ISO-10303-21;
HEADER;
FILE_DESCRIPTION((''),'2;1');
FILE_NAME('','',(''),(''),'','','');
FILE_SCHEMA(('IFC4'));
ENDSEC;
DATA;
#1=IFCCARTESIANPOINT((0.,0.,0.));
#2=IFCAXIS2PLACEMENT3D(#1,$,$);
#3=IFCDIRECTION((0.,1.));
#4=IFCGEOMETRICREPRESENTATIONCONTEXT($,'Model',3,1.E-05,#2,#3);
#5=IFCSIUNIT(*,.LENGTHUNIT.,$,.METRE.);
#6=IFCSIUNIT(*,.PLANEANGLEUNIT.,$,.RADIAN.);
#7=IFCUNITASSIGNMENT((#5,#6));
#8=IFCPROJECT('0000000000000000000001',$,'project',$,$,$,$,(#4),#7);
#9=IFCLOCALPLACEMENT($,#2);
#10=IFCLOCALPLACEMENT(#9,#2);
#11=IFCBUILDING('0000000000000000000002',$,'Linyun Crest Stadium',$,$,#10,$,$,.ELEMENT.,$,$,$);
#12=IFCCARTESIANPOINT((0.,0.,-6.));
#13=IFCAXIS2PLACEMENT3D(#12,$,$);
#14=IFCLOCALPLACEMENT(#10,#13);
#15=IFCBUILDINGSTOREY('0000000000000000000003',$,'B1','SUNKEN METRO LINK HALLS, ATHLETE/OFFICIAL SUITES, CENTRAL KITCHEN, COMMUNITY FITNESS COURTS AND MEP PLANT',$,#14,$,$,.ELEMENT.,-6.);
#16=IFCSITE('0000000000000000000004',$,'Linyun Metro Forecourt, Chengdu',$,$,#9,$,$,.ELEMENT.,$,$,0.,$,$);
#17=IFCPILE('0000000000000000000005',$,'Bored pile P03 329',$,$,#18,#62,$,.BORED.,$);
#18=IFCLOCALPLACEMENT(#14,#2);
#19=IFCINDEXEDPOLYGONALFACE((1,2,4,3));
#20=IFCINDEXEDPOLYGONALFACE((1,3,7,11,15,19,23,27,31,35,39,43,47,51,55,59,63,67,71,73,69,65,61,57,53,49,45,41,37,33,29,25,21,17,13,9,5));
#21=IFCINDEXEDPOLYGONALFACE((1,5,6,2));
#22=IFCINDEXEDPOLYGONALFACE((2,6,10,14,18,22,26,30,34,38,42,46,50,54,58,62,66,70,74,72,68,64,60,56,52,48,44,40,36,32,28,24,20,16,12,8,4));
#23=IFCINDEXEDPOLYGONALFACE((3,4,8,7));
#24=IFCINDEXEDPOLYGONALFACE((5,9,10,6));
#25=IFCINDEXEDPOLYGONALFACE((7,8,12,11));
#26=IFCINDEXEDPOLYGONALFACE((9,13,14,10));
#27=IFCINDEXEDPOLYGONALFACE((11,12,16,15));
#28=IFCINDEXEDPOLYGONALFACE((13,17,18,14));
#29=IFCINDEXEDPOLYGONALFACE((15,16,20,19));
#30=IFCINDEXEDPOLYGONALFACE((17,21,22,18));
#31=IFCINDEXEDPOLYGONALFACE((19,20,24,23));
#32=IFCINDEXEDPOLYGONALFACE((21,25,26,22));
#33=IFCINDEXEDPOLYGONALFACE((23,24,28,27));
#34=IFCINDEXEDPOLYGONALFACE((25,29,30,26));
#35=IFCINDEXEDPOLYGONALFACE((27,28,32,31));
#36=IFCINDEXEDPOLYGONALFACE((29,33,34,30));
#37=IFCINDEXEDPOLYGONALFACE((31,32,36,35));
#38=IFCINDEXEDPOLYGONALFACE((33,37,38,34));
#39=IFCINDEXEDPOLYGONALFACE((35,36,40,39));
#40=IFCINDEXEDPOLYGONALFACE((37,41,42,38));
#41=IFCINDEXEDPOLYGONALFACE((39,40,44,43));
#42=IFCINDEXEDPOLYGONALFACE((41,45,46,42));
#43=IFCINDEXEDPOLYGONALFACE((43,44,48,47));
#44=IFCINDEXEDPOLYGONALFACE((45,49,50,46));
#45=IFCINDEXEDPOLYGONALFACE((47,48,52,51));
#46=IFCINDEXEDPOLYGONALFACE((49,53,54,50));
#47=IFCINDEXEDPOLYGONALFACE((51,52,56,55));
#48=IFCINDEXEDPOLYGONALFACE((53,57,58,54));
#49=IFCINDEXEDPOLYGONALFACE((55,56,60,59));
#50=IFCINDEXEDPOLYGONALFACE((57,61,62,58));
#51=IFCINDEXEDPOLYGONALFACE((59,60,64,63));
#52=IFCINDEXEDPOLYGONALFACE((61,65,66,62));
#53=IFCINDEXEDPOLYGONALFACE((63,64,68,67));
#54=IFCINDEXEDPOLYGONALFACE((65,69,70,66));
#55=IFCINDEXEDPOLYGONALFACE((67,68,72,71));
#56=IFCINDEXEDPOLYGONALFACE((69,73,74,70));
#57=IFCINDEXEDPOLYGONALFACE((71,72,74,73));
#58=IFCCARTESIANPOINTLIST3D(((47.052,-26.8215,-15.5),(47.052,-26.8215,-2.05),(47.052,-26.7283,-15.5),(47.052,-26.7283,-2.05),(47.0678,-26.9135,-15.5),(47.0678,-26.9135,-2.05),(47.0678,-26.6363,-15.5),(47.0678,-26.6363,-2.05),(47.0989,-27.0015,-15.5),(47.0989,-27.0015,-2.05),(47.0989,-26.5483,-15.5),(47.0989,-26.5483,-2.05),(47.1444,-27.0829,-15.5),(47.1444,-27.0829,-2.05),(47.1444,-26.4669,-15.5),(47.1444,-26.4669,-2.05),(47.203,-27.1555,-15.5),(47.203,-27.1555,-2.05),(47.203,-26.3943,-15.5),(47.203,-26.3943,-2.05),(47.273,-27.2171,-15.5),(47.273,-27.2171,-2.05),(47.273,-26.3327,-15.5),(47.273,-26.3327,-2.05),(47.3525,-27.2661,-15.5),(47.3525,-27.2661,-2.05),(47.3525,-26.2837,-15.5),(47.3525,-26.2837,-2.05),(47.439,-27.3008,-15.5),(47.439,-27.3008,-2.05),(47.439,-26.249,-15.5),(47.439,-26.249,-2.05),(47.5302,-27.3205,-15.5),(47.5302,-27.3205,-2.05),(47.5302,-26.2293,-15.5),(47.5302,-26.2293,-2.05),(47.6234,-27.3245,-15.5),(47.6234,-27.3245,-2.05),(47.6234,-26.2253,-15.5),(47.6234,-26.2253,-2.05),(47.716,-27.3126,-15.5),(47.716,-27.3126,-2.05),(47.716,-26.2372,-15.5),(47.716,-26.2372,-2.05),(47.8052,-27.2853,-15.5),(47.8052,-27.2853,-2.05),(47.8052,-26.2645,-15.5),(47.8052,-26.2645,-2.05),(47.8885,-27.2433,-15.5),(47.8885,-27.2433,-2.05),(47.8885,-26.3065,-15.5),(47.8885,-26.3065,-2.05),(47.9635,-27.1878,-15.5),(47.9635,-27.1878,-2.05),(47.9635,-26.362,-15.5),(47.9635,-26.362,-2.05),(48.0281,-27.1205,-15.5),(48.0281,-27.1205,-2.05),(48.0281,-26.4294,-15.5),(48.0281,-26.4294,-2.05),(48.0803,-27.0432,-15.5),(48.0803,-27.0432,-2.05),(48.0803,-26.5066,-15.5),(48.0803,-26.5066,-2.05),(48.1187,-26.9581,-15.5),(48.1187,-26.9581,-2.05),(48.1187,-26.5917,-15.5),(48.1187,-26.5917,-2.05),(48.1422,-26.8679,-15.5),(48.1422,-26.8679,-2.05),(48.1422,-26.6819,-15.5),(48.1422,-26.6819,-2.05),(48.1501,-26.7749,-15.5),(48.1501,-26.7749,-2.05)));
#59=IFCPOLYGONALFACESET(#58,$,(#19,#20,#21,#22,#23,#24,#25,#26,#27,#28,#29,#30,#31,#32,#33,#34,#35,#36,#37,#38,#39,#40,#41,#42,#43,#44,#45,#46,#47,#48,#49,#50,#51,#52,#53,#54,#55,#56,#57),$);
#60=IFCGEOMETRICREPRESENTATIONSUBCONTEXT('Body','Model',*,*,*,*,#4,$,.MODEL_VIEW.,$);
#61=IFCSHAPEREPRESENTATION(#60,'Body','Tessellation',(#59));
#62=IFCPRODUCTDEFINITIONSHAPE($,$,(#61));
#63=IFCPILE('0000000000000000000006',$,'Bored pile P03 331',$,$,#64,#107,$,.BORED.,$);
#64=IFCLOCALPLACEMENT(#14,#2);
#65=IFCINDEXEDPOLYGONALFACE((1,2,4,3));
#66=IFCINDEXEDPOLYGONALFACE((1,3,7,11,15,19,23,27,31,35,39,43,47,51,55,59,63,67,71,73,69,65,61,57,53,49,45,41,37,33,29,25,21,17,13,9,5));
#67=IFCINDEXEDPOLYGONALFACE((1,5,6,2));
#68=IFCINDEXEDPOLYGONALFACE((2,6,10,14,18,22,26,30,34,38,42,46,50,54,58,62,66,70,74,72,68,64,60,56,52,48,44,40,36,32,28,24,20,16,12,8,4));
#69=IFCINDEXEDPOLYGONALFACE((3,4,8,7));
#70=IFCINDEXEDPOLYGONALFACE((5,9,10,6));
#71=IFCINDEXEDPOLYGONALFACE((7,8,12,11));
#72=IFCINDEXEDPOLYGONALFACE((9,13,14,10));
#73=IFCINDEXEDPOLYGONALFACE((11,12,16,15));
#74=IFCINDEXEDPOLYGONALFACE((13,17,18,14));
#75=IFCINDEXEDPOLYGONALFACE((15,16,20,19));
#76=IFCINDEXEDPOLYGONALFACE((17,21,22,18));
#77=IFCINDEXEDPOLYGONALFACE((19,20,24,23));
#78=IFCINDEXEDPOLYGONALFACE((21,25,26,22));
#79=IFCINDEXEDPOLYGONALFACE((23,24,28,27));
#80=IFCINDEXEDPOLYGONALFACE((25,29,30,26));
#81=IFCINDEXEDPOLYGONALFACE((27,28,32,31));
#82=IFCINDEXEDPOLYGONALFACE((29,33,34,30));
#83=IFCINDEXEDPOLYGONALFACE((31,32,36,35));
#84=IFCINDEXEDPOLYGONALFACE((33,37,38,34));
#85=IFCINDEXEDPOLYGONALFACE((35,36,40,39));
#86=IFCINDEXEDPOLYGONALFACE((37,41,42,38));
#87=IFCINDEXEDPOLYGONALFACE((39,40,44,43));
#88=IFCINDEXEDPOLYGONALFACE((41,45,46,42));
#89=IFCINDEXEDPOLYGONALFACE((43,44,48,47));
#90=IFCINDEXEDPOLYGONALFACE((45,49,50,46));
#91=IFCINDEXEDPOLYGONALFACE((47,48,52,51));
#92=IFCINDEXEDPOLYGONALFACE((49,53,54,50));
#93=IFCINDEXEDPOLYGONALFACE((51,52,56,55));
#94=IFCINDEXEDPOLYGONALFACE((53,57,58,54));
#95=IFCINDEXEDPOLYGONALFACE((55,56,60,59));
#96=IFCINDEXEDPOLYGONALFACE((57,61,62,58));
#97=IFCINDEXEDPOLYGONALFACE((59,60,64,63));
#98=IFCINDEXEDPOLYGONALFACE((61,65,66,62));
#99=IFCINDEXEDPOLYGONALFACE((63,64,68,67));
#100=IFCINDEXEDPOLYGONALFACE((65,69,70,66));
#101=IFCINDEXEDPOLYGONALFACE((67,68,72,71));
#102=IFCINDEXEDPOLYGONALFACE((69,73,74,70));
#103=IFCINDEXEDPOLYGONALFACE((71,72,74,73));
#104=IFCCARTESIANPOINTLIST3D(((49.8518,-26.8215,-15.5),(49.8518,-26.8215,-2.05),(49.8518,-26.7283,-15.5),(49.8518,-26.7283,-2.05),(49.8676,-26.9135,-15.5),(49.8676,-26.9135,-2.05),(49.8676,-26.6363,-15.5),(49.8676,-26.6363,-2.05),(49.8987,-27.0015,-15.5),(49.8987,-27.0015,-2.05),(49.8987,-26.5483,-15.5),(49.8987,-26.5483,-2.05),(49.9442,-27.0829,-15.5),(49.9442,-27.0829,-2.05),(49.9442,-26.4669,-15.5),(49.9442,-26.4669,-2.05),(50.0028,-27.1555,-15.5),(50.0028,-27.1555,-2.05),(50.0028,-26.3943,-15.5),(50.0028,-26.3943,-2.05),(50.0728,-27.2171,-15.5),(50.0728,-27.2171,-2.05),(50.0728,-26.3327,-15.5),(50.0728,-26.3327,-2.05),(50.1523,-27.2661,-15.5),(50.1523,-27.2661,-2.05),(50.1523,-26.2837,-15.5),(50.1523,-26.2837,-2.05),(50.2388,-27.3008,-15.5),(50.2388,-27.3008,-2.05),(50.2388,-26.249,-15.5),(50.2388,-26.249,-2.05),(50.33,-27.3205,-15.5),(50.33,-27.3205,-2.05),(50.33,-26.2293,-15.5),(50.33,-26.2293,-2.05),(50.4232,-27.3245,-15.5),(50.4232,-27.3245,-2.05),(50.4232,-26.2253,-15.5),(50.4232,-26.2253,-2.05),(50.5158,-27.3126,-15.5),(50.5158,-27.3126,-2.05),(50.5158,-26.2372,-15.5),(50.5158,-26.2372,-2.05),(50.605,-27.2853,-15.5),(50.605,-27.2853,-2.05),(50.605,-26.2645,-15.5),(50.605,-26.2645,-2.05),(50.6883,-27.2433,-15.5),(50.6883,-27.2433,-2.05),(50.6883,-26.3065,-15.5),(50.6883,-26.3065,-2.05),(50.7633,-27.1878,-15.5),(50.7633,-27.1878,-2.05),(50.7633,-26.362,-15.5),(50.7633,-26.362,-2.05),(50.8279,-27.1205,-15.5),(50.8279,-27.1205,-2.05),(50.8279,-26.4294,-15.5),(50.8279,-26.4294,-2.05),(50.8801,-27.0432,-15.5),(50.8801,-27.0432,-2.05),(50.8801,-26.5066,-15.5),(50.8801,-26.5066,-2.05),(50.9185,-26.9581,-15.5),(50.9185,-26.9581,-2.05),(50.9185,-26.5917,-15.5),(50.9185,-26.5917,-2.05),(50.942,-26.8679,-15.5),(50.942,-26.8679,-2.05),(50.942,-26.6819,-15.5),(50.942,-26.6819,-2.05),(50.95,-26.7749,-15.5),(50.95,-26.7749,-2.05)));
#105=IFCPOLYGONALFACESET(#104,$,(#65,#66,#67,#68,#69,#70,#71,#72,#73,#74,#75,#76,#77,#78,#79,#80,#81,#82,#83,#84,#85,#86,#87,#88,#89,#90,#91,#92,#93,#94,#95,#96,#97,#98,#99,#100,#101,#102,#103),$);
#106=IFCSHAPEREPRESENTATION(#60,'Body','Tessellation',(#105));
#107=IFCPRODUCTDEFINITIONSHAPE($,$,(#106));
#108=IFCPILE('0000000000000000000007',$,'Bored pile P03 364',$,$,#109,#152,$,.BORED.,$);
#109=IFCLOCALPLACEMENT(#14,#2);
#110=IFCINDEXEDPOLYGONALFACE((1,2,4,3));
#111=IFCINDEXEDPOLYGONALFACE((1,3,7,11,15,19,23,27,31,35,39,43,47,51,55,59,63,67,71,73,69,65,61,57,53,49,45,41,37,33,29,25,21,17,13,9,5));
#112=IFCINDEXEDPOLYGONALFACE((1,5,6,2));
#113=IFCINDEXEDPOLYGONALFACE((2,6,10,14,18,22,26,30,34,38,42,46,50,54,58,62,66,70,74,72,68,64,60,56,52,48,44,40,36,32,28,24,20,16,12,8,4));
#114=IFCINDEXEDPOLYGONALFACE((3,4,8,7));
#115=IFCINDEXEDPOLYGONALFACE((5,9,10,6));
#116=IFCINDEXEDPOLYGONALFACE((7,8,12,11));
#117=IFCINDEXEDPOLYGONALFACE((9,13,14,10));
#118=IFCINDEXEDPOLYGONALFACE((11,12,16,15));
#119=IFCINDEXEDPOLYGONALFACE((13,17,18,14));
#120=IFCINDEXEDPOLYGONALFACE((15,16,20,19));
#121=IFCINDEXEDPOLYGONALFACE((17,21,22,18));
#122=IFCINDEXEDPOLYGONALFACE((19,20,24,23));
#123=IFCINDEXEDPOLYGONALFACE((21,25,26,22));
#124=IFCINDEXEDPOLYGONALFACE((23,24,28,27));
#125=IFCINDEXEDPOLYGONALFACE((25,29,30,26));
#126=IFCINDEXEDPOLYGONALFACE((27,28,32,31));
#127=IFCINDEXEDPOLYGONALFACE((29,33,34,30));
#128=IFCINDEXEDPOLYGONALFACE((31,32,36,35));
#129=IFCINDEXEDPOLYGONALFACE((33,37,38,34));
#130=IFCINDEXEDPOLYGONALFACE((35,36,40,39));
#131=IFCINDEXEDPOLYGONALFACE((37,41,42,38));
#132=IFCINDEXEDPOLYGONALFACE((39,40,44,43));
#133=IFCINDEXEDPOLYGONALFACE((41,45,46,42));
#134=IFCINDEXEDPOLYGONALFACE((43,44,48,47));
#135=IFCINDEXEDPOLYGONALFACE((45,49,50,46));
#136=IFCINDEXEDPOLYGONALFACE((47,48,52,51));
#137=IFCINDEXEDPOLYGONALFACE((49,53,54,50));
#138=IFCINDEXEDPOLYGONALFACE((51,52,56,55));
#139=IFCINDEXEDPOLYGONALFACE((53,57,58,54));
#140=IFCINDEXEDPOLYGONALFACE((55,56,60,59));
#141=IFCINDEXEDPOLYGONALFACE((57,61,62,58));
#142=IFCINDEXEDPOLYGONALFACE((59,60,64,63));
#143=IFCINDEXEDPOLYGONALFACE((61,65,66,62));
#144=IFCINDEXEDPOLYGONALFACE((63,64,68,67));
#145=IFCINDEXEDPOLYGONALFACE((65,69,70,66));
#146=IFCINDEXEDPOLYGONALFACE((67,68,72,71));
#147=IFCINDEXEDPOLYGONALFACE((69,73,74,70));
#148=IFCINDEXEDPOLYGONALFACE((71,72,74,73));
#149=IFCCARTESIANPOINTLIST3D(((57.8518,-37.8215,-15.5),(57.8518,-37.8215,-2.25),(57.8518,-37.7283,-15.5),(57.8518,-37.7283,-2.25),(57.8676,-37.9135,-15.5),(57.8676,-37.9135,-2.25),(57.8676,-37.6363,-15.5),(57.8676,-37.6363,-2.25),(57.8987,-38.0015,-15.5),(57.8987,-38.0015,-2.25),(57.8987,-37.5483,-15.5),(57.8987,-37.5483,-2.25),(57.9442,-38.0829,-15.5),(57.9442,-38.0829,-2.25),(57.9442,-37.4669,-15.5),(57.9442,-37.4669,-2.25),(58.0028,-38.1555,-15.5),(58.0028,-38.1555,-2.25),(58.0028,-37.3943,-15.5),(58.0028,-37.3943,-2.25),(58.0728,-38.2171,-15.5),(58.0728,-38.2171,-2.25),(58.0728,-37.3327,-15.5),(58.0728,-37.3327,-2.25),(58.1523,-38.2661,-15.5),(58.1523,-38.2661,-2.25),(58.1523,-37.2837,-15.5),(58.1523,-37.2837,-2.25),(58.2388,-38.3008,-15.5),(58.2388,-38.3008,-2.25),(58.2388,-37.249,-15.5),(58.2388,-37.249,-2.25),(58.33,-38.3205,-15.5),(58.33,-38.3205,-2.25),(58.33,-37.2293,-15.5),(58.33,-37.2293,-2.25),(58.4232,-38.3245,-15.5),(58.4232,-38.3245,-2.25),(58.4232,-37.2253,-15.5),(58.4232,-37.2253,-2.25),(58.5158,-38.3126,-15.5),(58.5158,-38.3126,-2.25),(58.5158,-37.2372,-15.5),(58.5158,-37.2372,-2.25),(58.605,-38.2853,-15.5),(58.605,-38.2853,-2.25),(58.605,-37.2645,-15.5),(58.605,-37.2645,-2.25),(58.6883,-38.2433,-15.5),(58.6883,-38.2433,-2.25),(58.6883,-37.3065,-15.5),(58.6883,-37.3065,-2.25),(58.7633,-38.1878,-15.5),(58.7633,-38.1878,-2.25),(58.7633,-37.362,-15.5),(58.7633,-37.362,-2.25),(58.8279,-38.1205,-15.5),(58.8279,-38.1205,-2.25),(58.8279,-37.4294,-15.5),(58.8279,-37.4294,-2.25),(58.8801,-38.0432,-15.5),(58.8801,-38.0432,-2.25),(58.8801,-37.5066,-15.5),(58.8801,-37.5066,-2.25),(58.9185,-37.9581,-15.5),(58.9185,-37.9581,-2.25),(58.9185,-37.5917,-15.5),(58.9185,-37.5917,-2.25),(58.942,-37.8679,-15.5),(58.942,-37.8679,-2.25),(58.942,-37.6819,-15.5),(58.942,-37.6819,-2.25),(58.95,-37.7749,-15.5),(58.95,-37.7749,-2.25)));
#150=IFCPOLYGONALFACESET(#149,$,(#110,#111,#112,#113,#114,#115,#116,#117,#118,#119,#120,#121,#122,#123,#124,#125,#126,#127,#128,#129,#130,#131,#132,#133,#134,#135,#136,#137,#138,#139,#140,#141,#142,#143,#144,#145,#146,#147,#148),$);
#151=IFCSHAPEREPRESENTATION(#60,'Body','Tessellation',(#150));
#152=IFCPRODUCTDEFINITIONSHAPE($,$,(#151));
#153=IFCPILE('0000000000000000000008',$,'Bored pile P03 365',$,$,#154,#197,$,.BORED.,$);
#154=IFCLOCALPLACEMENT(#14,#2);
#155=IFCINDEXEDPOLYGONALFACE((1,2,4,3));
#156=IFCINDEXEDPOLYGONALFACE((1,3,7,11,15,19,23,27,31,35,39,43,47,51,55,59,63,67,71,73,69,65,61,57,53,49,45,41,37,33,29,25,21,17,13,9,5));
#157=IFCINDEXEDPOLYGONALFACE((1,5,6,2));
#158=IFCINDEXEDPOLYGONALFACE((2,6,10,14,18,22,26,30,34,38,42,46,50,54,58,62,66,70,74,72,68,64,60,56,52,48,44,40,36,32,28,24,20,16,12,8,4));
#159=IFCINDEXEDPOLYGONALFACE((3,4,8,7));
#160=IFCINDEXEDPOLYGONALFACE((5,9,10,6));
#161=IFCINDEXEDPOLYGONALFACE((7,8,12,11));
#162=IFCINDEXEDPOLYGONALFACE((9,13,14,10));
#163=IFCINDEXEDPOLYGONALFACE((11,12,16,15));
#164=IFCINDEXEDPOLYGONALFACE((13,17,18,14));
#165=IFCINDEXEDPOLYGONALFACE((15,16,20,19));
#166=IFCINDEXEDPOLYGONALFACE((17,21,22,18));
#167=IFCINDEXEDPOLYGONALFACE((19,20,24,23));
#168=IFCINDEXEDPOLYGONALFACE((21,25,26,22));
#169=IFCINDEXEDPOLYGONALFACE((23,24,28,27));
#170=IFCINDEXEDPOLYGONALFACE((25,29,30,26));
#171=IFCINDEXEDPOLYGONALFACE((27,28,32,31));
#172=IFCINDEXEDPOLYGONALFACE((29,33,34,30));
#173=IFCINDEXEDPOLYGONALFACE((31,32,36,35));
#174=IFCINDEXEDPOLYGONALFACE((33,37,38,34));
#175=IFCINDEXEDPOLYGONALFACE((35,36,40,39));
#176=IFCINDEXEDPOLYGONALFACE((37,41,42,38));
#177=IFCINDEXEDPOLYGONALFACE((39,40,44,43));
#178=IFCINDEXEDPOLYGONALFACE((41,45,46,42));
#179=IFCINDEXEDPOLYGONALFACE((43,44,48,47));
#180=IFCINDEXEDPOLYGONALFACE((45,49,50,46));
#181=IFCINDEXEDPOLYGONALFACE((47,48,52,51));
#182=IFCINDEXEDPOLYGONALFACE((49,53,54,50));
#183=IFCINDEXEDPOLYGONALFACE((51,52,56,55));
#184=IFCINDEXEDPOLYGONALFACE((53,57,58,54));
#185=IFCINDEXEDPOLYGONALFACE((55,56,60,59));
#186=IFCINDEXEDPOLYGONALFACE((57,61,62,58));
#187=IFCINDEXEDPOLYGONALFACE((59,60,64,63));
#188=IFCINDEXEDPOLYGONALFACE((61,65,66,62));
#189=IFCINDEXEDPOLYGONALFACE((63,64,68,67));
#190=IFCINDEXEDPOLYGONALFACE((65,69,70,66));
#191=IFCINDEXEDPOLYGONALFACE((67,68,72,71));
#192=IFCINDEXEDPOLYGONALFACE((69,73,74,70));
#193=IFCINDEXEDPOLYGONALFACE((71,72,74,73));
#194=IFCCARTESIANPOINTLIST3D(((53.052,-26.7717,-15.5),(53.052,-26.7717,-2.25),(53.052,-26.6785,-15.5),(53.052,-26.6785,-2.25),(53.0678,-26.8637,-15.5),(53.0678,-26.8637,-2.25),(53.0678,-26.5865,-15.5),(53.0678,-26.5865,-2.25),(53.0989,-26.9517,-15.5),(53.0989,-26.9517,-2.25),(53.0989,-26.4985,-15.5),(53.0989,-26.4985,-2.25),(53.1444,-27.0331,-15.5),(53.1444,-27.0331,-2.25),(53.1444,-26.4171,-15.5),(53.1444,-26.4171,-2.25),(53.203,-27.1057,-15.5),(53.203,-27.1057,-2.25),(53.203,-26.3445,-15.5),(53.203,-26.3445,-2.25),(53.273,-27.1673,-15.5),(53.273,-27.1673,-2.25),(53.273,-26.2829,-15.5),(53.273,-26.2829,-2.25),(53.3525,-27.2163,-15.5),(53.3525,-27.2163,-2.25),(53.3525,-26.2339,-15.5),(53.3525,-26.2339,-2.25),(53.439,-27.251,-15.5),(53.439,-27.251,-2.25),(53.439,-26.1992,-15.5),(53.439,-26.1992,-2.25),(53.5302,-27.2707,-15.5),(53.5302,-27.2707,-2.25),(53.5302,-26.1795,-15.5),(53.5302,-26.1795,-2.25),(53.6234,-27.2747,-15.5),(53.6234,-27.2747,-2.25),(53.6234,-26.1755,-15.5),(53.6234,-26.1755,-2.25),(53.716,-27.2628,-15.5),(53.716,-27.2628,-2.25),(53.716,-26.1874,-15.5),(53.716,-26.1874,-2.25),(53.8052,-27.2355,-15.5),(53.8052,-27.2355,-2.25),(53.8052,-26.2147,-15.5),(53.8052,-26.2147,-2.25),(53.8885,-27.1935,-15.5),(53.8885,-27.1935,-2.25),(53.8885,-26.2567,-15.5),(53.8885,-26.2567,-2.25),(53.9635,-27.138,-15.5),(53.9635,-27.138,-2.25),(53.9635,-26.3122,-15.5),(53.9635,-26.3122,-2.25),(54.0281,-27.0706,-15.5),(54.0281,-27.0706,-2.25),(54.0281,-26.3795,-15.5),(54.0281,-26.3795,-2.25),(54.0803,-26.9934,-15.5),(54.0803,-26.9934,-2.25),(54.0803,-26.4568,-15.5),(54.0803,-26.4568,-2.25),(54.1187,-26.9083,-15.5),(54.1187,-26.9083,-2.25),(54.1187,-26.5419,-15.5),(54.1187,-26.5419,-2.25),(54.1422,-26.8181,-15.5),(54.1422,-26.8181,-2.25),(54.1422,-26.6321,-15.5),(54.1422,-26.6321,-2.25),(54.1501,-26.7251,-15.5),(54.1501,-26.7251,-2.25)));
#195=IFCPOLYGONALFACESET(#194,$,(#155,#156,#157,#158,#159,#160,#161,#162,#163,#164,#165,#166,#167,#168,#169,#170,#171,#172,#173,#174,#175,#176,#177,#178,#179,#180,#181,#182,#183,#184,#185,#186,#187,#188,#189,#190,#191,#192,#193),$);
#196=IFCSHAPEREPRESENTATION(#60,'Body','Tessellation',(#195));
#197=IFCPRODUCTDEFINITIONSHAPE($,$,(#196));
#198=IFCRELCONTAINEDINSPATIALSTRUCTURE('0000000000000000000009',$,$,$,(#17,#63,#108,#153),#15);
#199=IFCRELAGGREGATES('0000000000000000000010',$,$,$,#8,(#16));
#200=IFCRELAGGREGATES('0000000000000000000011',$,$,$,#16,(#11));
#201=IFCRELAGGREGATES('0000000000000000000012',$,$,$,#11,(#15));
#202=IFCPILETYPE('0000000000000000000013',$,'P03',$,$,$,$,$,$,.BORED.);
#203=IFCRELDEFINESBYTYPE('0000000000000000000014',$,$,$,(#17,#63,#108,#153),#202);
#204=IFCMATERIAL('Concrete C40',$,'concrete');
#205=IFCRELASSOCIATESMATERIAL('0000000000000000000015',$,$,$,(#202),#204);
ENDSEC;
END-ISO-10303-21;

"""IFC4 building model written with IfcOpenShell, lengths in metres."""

from ifc_helpers import new_model, si_unit, direction, frame, origin, origin_2d, place, context, subcontext, project, spatial, circle, extrude, material, material_profile, profile_set, type_object, element, save


model = new_model("IFC4")

# Units and contexts
model_context = context("Model", 3, precision=1e-05, world=origin(), true_north=direction((0.0, 1.0)))
body_context = subcontext(model_context, "Body", "Model", "MODEL_VIEW")
ifc_project = project(units=[si_unit("LENGTHUNIT", "METRE"), si_unit("PLANEANGLEUNIT", "RADIAN")], contexts=[model_context])

# Site, building, storey
site_placement = place(None, origin())
site = spatial("IfcSite", under=ifc_project, at=site_placement, Name="Linyun Metro Forecourt, Chengdu", CompositionType="ELEMENT", RefElevation=0.0)
building_placement = place(site_placement, origin())
building = spatial("IfcBuilding", under=site, at=building_placement, Name="Linyun Crest Stadium", CompositionType="ELEMENT")
storey_placement = place(building_placement, frame((0.0, 0.0, -6.0)))
storey = spatial("IfcBuildingStorey", under=building, at=storey_placement, Name="B1", Description="SUNKEN METRO LINK HALLS, ATHLETE/OFFICIAL SUITES, CENTRAL KITCHEN, COMMUNITY FITNESS COURTS AND MEP PLANT", CompositionType="ELEMENT", Elevation=-6.0)

# Piles
ifc_material_1 = material(Name="Concrete C40", Category="concrete")
ifc_material_profile_1 = material_profile(ifc_material_1, circle(Radius=0.55, at=origin_2d()), Name="BORED PILE 1100")
ifc_profile_set_1 = profile_set([ifc_material_profile_1], Name="Concrete C40")
pile_type = type_object("IfcPileType", Name="P03", PredefinedType="BORED", material=ifc_profile_set_1)
for number, where, z_axis, x_axis, name in (
    (1, (47.6001, -26.7749, -2.05), (0.0, 0.0, -1.0), (1.0, 0.0, 0.0), "Bored pile P03 329"),
    (2, (50.3999, -26.7749, -2.05), (0.0, 0.0, -1.0), (1.0, 0.0, 0.0), "Bored pile P03 331"),
):
    element("IfcPile", number, at=place(storey_placement, frame(where, z_axis=z_axis, x_axis=x_axis)), inside=storey, type_object=pile_type, Name=name, PredefinedType="BORED", context=body_context, shape_type="SweptSolid", body=[
        extrude(circle(Radius=0.55, at=origin_2d()), origin(), (0.0, 0.0, 1.0), 13.45),
    ])
for number, where, z_axis, x_axis, name in (
    (3, (58.3999, -37.7749, -2.25), (0.0, 0.0, -1.0), (1.0, 0.0, 0.0), "Bored pile P03 364"),
    (4, (53.6001, -26.7251, -2.25), (0.0, 0.0, -1.0), (1.0, 0.0, 0.0), "Bored pile P03 365"),
):
    element("IfcPile", number, at=place(storey_placement, frame(where, z_axis=z_axis, x_axis=x_axis)), inside=storey, type_object=pile_type, Name=name, PredefinedType="BORED", context=body_context, shape_type="SweptSolid", body=[
        extrude(circle(Radius=0.55, at=origin_2d()), origin(), (0.0, 0.0, 1.0), 13.25),
    ])

save(model, "model.ifc")
